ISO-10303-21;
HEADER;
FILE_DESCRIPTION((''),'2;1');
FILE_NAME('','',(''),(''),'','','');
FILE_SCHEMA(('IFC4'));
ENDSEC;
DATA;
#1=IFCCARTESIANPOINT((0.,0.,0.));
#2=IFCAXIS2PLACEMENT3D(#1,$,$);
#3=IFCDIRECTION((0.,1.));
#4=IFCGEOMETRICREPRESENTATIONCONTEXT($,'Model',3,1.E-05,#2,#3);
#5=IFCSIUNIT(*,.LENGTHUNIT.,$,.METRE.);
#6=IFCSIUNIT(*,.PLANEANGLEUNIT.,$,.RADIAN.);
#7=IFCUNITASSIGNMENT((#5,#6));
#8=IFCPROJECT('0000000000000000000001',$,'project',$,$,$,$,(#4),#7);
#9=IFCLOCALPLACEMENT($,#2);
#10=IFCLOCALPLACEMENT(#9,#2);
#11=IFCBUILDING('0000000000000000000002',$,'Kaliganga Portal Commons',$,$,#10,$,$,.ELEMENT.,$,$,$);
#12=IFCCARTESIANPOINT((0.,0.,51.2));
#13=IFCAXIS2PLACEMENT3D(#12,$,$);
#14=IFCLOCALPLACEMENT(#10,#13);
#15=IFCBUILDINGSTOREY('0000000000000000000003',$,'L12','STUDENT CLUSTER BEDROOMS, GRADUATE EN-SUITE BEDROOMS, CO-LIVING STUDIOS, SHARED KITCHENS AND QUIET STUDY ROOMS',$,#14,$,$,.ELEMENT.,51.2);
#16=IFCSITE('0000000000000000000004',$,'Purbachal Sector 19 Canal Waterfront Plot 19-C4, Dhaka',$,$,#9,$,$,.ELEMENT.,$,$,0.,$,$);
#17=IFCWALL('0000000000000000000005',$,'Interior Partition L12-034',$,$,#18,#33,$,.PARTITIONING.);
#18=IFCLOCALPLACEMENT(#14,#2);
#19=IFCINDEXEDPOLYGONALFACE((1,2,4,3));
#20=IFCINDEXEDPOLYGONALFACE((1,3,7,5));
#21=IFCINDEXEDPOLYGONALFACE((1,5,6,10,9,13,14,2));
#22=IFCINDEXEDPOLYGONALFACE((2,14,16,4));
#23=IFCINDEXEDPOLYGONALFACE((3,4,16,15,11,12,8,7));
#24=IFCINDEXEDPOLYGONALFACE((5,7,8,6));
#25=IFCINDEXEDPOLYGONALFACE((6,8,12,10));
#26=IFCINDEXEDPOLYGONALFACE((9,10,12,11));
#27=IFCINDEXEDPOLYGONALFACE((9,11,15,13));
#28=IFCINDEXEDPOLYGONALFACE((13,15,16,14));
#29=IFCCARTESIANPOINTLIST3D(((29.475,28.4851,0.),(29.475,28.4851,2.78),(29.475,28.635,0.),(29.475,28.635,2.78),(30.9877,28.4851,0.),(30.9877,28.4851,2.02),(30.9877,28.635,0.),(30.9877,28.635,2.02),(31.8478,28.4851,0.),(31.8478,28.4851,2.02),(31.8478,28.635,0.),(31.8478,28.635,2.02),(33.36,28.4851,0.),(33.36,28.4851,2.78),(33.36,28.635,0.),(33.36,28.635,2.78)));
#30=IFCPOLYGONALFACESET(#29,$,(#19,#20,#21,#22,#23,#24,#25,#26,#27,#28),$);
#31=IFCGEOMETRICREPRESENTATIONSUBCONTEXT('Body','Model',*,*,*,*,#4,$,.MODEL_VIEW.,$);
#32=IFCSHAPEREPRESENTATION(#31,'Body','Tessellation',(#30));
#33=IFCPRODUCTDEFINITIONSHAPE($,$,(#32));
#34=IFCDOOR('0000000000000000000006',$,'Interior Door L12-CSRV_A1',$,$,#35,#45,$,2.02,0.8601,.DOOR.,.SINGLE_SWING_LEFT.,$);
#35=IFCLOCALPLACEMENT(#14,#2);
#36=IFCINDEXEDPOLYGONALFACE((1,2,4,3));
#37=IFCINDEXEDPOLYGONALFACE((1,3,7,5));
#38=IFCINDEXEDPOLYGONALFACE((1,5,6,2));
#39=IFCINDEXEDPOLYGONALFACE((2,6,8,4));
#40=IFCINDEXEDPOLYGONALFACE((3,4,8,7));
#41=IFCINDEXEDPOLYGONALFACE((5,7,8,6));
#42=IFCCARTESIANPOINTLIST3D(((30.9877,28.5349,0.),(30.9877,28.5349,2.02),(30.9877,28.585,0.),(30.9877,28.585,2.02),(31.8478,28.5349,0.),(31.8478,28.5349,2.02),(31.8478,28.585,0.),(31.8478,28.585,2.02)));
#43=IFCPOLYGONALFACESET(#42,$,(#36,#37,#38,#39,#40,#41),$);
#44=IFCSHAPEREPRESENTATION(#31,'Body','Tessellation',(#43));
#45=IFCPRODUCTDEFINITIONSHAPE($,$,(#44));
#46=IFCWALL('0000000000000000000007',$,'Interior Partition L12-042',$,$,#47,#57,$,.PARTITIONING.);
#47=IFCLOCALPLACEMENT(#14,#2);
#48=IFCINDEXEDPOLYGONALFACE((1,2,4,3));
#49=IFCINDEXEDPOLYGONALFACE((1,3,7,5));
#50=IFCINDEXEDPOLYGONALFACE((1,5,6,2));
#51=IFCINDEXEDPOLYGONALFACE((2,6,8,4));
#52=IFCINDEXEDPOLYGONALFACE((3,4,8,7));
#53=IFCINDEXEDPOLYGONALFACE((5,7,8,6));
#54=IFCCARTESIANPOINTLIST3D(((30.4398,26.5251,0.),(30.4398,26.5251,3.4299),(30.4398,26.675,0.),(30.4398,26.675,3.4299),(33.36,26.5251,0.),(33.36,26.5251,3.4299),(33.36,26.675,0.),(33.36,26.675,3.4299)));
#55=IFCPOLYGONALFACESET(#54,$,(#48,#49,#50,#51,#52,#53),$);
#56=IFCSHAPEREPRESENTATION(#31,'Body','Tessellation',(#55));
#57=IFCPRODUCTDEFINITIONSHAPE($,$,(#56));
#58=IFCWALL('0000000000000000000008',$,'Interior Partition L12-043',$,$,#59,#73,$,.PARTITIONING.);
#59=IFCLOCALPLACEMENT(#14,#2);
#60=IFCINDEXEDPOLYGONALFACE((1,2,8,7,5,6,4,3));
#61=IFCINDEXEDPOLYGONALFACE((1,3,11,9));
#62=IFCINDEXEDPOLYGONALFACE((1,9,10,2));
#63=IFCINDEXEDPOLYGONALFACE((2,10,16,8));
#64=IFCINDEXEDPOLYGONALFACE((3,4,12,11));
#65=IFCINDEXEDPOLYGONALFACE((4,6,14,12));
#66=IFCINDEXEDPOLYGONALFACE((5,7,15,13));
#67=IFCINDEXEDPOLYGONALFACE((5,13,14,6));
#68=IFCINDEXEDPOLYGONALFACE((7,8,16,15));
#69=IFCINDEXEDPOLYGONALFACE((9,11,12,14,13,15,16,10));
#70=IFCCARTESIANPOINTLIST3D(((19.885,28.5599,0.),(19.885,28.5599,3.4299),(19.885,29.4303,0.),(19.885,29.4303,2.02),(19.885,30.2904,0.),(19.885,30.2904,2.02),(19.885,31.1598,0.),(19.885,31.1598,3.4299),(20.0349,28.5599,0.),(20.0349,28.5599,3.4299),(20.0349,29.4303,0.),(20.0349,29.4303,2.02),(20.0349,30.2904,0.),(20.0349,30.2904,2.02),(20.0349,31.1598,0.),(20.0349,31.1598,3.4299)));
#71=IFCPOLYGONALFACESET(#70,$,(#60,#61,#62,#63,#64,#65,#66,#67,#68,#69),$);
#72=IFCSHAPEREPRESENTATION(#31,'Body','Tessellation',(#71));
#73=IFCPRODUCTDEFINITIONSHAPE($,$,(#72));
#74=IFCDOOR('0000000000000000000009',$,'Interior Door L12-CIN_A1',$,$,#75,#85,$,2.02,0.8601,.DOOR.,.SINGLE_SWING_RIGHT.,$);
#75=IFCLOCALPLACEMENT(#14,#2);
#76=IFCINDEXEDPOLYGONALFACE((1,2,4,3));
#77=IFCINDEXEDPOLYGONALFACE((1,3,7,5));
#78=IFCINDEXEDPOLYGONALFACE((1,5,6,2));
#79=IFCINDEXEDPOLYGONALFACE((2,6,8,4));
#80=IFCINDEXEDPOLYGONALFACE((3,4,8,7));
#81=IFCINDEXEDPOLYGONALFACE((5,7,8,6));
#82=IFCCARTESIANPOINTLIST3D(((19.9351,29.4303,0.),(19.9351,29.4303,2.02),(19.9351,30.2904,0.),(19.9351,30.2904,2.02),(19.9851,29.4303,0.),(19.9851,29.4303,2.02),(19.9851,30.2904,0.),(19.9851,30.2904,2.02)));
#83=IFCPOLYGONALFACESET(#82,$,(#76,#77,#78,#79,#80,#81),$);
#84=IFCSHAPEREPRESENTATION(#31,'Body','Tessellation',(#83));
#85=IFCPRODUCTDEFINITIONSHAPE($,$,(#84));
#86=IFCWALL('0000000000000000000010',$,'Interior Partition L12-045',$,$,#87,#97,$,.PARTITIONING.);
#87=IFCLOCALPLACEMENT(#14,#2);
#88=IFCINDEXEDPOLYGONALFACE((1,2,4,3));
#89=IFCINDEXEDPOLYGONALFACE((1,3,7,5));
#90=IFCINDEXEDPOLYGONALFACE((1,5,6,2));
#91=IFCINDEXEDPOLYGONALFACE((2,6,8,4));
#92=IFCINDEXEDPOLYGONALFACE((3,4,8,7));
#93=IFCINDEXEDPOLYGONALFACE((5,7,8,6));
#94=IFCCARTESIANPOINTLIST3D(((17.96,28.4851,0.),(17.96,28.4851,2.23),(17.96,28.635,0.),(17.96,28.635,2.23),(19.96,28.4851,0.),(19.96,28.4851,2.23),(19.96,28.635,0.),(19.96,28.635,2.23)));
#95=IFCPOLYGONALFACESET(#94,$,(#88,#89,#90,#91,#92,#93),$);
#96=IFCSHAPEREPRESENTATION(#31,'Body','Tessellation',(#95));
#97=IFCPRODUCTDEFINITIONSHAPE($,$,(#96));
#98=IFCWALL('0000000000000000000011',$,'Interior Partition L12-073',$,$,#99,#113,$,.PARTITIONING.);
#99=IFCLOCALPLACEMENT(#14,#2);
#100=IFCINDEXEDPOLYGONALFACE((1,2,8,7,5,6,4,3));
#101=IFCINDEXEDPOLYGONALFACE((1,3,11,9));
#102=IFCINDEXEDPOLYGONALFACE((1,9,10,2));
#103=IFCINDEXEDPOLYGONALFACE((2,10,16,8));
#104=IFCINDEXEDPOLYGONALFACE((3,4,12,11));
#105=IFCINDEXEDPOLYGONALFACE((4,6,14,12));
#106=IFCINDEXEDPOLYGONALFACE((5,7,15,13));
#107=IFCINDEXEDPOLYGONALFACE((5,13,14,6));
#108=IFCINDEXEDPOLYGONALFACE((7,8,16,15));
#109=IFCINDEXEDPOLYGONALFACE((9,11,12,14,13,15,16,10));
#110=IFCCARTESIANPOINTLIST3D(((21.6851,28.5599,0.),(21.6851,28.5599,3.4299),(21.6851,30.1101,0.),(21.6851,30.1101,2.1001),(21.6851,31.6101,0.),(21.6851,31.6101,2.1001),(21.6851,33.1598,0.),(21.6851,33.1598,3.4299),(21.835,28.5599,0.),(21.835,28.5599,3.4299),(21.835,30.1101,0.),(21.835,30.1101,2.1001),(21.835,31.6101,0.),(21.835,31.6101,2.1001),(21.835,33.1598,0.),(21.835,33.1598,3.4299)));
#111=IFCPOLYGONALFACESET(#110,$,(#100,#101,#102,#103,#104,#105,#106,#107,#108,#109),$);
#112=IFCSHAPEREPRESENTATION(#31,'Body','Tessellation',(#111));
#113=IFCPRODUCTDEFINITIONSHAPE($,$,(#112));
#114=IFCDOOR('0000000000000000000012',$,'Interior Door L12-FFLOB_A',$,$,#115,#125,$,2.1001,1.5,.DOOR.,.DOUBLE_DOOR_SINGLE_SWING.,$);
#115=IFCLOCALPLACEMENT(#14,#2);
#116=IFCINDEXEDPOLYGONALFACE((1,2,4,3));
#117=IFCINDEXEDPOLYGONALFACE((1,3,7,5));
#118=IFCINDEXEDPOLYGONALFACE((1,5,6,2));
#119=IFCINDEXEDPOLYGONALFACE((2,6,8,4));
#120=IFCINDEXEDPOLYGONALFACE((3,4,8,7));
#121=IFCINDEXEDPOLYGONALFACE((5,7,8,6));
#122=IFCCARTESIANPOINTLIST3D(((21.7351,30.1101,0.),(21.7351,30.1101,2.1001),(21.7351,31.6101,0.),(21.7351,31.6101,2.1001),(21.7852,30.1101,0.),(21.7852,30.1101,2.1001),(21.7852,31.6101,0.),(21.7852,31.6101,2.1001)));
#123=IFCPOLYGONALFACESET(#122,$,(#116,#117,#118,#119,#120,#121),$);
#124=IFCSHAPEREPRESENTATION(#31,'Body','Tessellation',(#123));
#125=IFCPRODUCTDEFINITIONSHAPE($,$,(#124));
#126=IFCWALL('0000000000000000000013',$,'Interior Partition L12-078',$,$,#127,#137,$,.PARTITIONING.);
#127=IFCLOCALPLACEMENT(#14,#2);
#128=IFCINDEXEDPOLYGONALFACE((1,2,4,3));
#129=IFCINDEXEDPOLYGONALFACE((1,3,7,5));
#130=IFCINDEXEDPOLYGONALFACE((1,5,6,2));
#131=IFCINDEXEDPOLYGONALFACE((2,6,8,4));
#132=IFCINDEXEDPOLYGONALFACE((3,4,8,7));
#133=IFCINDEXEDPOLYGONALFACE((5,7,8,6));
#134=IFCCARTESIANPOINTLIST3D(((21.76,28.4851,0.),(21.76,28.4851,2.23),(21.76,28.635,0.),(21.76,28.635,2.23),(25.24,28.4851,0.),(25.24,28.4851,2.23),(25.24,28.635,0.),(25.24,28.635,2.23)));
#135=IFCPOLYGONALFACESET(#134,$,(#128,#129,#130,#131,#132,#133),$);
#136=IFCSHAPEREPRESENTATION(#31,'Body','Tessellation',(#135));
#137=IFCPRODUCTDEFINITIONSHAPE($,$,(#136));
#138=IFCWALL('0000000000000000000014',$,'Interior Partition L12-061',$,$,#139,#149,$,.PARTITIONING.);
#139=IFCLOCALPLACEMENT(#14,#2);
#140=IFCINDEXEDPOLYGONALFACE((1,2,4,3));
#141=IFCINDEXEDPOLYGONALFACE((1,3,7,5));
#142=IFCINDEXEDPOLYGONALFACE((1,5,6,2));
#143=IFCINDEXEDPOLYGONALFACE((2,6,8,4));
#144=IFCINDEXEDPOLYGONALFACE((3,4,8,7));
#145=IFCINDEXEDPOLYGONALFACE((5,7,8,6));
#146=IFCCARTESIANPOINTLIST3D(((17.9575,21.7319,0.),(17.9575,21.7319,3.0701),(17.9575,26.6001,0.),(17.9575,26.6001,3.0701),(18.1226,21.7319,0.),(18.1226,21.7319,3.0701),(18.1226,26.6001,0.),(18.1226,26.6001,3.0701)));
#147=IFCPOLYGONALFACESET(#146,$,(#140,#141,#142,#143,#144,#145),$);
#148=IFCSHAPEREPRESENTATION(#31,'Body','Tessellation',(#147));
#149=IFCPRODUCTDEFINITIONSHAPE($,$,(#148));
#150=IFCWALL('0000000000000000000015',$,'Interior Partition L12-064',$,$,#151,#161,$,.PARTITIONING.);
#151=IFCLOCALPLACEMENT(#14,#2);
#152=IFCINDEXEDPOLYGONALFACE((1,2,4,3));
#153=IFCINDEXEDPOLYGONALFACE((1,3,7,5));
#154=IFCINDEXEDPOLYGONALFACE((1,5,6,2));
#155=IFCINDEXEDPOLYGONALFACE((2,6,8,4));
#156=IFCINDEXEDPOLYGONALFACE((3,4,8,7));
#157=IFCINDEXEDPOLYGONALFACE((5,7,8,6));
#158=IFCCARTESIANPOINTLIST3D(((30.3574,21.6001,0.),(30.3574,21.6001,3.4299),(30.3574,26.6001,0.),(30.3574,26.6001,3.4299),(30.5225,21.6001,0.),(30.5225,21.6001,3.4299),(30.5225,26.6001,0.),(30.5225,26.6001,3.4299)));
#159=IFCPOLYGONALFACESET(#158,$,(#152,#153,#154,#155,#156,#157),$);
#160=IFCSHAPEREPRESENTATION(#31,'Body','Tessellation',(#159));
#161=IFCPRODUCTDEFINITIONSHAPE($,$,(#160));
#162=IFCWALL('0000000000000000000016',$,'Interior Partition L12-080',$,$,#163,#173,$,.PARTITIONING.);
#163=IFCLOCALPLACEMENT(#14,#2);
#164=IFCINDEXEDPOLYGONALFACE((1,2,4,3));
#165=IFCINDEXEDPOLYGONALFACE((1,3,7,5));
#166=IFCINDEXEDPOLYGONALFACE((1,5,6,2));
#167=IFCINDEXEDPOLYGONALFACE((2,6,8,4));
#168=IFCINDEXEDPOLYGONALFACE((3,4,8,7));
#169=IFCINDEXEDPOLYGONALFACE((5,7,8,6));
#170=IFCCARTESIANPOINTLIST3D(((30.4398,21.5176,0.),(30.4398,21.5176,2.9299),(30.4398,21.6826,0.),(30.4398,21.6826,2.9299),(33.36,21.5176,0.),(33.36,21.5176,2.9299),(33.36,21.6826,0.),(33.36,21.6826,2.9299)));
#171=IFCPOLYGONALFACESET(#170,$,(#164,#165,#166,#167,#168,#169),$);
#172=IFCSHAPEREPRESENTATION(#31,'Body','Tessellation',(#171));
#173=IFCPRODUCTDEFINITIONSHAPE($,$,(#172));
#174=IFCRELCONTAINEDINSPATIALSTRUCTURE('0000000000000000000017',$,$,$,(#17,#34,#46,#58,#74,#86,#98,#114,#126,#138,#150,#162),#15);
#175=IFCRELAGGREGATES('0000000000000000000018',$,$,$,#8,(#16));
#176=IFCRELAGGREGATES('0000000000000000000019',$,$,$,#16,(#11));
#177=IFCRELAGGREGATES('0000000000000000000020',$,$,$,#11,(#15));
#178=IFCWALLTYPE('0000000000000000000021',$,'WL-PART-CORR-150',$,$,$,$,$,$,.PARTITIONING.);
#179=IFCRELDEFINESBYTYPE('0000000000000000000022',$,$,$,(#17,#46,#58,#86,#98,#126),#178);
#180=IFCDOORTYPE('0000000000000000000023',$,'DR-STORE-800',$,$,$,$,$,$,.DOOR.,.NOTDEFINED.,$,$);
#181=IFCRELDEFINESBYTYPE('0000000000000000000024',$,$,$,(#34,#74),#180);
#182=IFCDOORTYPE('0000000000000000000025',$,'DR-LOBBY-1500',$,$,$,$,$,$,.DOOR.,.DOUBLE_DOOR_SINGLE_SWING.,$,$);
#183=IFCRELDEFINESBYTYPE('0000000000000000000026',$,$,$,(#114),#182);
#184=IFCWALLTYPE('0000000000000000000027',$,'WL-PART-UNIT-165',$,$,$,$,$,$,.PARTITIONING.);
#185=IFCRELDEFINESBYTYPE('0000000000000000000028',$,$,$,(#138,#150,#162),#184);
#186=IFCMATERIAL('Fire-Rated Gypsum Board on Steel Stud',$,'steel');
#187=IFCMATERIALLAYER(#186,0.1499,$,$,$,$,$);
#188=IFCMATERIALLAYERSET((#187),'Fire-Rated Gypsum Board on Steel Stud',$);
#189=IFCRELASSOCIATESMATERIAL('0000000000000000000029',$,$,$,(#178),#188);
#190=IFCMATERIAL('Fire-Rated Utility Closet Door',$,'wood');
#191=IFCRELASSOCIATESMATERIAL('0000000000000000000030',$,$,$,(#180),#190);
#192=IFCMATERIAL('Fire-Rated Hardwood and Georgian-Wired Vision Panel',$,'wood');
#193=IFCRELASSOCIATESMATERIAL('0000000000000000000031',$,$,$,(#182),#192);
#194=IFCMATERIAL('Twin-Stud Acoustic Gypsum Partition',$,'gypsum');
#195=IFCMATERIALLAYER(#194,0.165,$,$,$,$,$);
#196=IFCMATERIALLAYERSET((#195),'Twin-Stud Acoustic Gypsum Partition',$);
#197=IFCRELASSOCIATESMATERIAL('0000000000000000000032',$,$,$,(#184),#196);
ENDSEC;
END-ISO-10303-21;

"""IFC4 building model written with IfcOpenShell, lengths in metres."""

from ifc_helpers import new_model, si_unit, direction, frame, frame_2d, origin, place, context, subcontext, project, spatial, rectangle, extrude, material, layer, layer_set, type_object, element, fill, save


model = new_model("IFC4")

# Units and contexts
model_context = context("Model", 3, precision=1e-05, world=origin(), true_north=direction((0.0, 1.0)))
body_context = subcontext(model_context, "Body", "Model", "MODEL_VIEW")
ifc_project = project(units=[si_unit("LENGTHUNIT", "METRE"), si_unit("PLANEANGLEUNIT", "RADIAN")], contexts=[model_context])

# Site, building, storey
site_placement = place(None, origin())
site = spatial("IfcSite", under=ifc_project, at=site_placement, Name="Purbachal Sector 19 Canal Waterfront Plot 19-C4, Dhaka", CompositionType="ELEMENT", RefElevation=0.0)
building_placement = place(site_placement, origin())
building = spatial("IfcBuilding", under=site, at=building_placement, Name="Kaliganga Portal Commons", CompositionType="ELEMENT")
storey_placement = place(building_placement, frame((0.0, 0.0, 51.2)))
storey = spatial("IfcBuildingStorey", under=building, at=storey_placement, Name="L12", Description="STUDENT CLUSTER BEDROOMS, GRADUATE EN-SUITE BEDROOMS, CO-LIVING STUDIOS, SHARED KITCHENS AND QUIET STUDY ROOMS", CompositionType="ELEMENT", Elevation=51.2)

# Wall, opening, door
ifc_material_1 = material(Name="Fire-Rated Gypsum Board on Steel Stud", Category="steel")
ifc_layer_1 = layer(ifc_material_1, 0.1499)
ifc_layer_set_1 = layer_set([ifc_layer_1], Name="Fire-Rated Gypsum Board on Steel Stud")
wall_type_1 = type_object("IfcWallType", Name="WL-PART-CORR-150", PredefinedType="PARTITIONING", material=ifc_layer_set_1)
wall_1_placement = place(storey_placement, frame((29.4751, 28.5601, 0.0), z_axis=(0.0, 0.0, 1.0), x_axis=(1.0, 0.0, 0.0)))
wall_1 = element("IfcWall", 1, at=wall_1_placement, inside=storey, type_object=wall_type_1, Name="Interior Partition L12-034", PredefinedType="PARTITIONING", context=body_context, shape_type="SweptSolid", body=[
    extrude(rectangle(XDim=3.885, YDim=0.1499, at=frame_2d((1.9424, 0.0))), origin(), (0.0, 0.0, 1.0), 2.78),
])
opening_1_placement = place(wall_1_placement, frame((1.5125, 0.0, 0.0)))
opening_1 = element("IfcOpeningElement", 2, at=opening_1_placement, cuts=wall_1, PredefinedType="OPENING", context=body_context, shape_type="SweptSolid", body=[
    extrude(rectangle(XDim=0.8601, YDim=2.02, at=frame_2d((0.4302, 1.01))), frame((0.0, 0.085, 0.0), z_axis=(0.0, -1.0, 0.0), x_axis=(1.0, 0.0, 0.0)), (0.0, 0.0, 1.0), 0.1699),
])
ifc_material_2 = material(Name="Fire-Rated Utility Closet Door", Category="wood")
door_type_1 = type_object("IfcDoorType", Name="DR-STORE-800", OperationType="NOTDEFINED", PredefinedType="DOOR", material=ifc_material_2)
door_1_placement = place(opening_1_placement, origin())
door_1 = element("IfcDoor", 3, at=door_1_placement, inside=storey, type_object=door_type_1, Name="Interior Door L12-CSRV_A1", OperationType="SINGLE_SWING_LEFT", OverallHeight=2.02, OverallWidth=0.8601, PredefinedType="DOOR", context=body_context, shape_type="SweptSolid", body=[
    extrude(rectangle(XDim=0.8601, YDim=2.02, at=frame_2d((0.4302, 1.01))), frame((0.0, 0.0249, 0.0), z_axis=(0.0, -1.0, 0.0), x_axis=(1.0, 0.0, 0.0)), (0.0, 0.0, 1.0), 0.05),
])
fill(opening_1, door_1)

# Wall
wall_2_placement = place(storey_placement, frame((30.4399, 26.6001, 0.0), z_axis=(0.0, 0.0, 1.0), x_axis=(1.0, 0.0, 0.0)))
element("IfcWall", 4, at=wall_2_placement, inside=storey, type_object=wall_type_1, Name="Interior Partition L12-042", PredefinedType="PARTITIONING", context=body_context, shape_type="SweptSolid", body=[
    extrude(rectangle(XDim=2.9202, YDim=0.1499, at=frame_2d((1.46, 0.0))), origin(), (0.0, 0.0, 1.0), 3.4299),
])

# Wall, opening, door
wall_3_placement = place(storey_placement, frame((19.96, 28.5601, 0.0), z_axis=(0.0, 0.0, 1.0), x_axis=(0.0, 1.0, 0.0)))
wall_3 = element("IfcWall", 5, at=wall_3_placement, inside=storey, type_object=wall_type_1, Name="Interior Partition L12-043", PredefinedType="PARTITIONING", context=body_context, shape_type="SweptSolid", body=[
    extrude(rectangle(XDim=2.5999, YDim=0.1499, at=frame_2d((1.2998, 0.0))), origin(), (0.0, 0.0, 1.0), 3.4299),
])
opening_2_placement = place(wall_3_placement, frame((0.8701, 0.0, 0.0)))
opening_2 = element("IfcOpeningElement", 6, at=opening_2_placement, cuts=wall_3, PredefinedType="OPENING", context=body_context, shape_type="SweptSolid", body=[
    extrude(rectangle(XDim=0.8601, YDim=2.02, at=frame_2d((0.4302, 1.01))), frame((0.0, 0.085, 0.0), z_axis=(0.0, -1.0, 0.0), x_axis=(1.0, 0.0, 0.0)), (0.0, 0.0, 1.0), 0.1699),
])
door_2_placement = place(opening_2_placement, origin())
door_2 = element("IfcDoor", 7, at=door_2_placement, inside=storey, type_object=door_type_1, Name="Interior Door L12-CIN_A1", OperationType="SINGLE_SWING_RIGHT", OverallHeight=2.02, OverallWidth=0.8601, PredefinedType="DOOR", context=body_context, shape_type="SweptSolid", body=[
    extrude(rectangle(XDim=0.8601, YDim=2.02, at=frame_2d((0.4302, 1.01))), frame((0.0, 0.0249, 0.0), z_axis=(0.0, -1.0, 0.0), x_axis=(1.0, 0.0, 0.0)), (0.0, 0.0, 1.0), 0.05),
])
fill(opening_2, door_2)

# Wall
wall_4_placement = place(storey_placement, frame((17.96, 28.5601, 0.0), z_axis=(0.0, 0.0, 1.0), x_axis=(1.0, 0.0, 0.0)))
element("IfcWall", 8, at=wall_4_placement, inside=storey, type_object=wall_type_1, Name="Interior Partition L12-045", PredefinedType="PARTITIONING", context=body_context, shape_type="SweptSolid", body=[
    extrude(rectangle(XDim=2.0, YDim=0.1499, at=frame_2d((1.0, 0.0))), origin(), (0.0, 0.0, 1.0), 2.23),
])

# Wall, opening, door
wall_5_placement = place(storey_placement, frame((21.76, 28.5601, 0.0), z_axis=(0.0, 0.0, 1.0), x_axis=(0.0, 1.0, 0.0)))
wall_5 = element("IfcWall", 9, at=wall_5_placement, inside=storey, type_object=wall_type_1, Name="Interior Partition L12-073", PredefinedType="PARTITIONING", context=body_context, shape_type="SweptSolid", body=[
    extrude(rectangle(XDim=4.5999, YDim=0.1499, at=frame_2d((2.2998, 0.0))), origin(), (0.0, 0.0, 1.0), 3.4299),
])
opening_3_placement = place(wall_5_placement, frame((1.55, 0.0, 0.0)))
opening_3 = element("IfcOpeningElement", 10, at=opening_3_placement, cuts=wall_5, PredefinedType="OPENING", context=body_context, shape_type="SweptSolid", body=[
    extrude(rectangle(XDim=1.5, YDim=2.1001, at=frame_2d((0.75, 1.05))), frame((0.0, 0.085, 0.0), z_axis=(0.0, -1.0, 0.0), x_axis=(1.0, 0.0, 0.0)), (0.0, 0.0, 1.0), 0.1699),
])
ifc_material_3 = material(Name="Fire-Rated Hardwood and Georgian-Wired Vision Panel", Category="wood")
door_type_2 = type_object("IfcDoorType", Name="DR-LOBBY-1500", OperationType="DOUBLE_DOOR_SINGLE_SWING", PredefinedType="DOOR", material=ifc_material_3)
door_3_placement = place(opening_3_placement, origin())
door_3 = element("IfcDoor", 11, at=door_3_placement, inside=storey, type_object=door_type_2, Name="Interior Door L12-FFLOB_A", OperationType="DOUBLE_DOOR_SINGLE_SWING", OverallHeight=2.1001, OverallWidth=1.5, PredefinedType="DOOR", context=body_context, shape_type="SweptSolid", body=[
    extrude(rectangle(XDim=1.5, YDim=2.1001, at=frame_2d((0.75, 1.05))), frame((0.0, 0.0249, 0.0), z_axis=(0.0, -1.0, 0.0), x_axis=(1.0, 0.0, 0.0)), (0.0, 0.0, 1.0), 0.05),
])
fill(opening_3, door_3)

# Walls
wall_6_placement = place(storey_placement, frame((21.76, 28.5601, 0.0), z_axis=(0.0, 0.0, 1.0), x_axis=(1.0, 0.0, 0.0)))
element("IfcWall", 12, at=wall_6_placement, inside=storey, type_object=wall_type_1, Name="Interior Partition L12-078", PredefinedType="PARTITIONING", context=body_context, shape_type="SweptSolid", body=[
    extrude(rectangle(XDim=3.48, YDim=0.1499, at=frame_2d((1.74, 0.0))), origin(), (0.0, 0.0, 1.0), 2.23),
])
ifc_material_4 = material(Name="Twin-Stud Acoustic Gypsum Partition", Category="gypsum")
ifc_layer_2 = layer(ifc_material_4, 0.165)
ifc_layer_set_2 = layer_set([ifc_layer_2], Name="Twin-Stud Acoustic Gypsum Partition")
wall_type_2 = type_object("IfcWallType", Name="WL-PART-UNIT-165", PredefinedType="PARTITIONING", material=ifc_layer_set_2)
wall_7_placement = place(storey_placement, frame((18.04, 21.7319, 0.0), z_axis=(0.0, 0.0, 1.0), x_axis=(0.0, 1.0, 0.0)))
element("IfcWall", 13, at=wall_7_placement, inside=storey, type_object=wall_type_2, Name="Interior Partition L12-061", PredefinedType="PARTITIONING", context=body_context, shape_type="SweptSolid", body=[
    extrude(rectangle(XDim=4.8682, YDim=0.165, at=frame_2d((2.4341, 0.0))), origin(), (0.0, 0.0, 1.0), 3.0701),
])
wall_8_placement = place(storey_placement, frame((30.4399, 21.6001, 0.0), z_axis=(0.0, 0.0, 1.0), x_axis=(0.0, 1.0, 0.0)))
element("IfcWall", 14, at=wall_8_placement, inside=storey, type_object=wall_type_2, Name="Interior Partition L12-064", PredefinedType="PARTITIONING", context=body_context, shape_type="SweptSolid", body=[
    extrude(rectangle(XDim=5.0, YDim=0.165, at=frame_2d((2.5, 0.0))), origin(), (0.0, 0.0, 1.0), 3.4299),
])
wall_9_placement = place(storey_placement, frame((30.4399, 21.6001, 0.0), z_axis=(0.0, 0.0, 1.0), x_axis=(1.0, 0.0, 0.0)))
element("IfcWall", 15, at=wall_9_placement, inside=storey, type_object=wall_type_2, Name="Interior Partition L12-080", PredefinedType="PARTITIONING", context=body_context, shape_type="SweptSolid", body=[
    extrude(rectangle(XDim=2.9202, YDim=0.165, at=frame_2d((1.46, 0.0))), origin(), (0.0, 0.0, 1.0), 2.9299),
])

save(model, "model.ifc")
